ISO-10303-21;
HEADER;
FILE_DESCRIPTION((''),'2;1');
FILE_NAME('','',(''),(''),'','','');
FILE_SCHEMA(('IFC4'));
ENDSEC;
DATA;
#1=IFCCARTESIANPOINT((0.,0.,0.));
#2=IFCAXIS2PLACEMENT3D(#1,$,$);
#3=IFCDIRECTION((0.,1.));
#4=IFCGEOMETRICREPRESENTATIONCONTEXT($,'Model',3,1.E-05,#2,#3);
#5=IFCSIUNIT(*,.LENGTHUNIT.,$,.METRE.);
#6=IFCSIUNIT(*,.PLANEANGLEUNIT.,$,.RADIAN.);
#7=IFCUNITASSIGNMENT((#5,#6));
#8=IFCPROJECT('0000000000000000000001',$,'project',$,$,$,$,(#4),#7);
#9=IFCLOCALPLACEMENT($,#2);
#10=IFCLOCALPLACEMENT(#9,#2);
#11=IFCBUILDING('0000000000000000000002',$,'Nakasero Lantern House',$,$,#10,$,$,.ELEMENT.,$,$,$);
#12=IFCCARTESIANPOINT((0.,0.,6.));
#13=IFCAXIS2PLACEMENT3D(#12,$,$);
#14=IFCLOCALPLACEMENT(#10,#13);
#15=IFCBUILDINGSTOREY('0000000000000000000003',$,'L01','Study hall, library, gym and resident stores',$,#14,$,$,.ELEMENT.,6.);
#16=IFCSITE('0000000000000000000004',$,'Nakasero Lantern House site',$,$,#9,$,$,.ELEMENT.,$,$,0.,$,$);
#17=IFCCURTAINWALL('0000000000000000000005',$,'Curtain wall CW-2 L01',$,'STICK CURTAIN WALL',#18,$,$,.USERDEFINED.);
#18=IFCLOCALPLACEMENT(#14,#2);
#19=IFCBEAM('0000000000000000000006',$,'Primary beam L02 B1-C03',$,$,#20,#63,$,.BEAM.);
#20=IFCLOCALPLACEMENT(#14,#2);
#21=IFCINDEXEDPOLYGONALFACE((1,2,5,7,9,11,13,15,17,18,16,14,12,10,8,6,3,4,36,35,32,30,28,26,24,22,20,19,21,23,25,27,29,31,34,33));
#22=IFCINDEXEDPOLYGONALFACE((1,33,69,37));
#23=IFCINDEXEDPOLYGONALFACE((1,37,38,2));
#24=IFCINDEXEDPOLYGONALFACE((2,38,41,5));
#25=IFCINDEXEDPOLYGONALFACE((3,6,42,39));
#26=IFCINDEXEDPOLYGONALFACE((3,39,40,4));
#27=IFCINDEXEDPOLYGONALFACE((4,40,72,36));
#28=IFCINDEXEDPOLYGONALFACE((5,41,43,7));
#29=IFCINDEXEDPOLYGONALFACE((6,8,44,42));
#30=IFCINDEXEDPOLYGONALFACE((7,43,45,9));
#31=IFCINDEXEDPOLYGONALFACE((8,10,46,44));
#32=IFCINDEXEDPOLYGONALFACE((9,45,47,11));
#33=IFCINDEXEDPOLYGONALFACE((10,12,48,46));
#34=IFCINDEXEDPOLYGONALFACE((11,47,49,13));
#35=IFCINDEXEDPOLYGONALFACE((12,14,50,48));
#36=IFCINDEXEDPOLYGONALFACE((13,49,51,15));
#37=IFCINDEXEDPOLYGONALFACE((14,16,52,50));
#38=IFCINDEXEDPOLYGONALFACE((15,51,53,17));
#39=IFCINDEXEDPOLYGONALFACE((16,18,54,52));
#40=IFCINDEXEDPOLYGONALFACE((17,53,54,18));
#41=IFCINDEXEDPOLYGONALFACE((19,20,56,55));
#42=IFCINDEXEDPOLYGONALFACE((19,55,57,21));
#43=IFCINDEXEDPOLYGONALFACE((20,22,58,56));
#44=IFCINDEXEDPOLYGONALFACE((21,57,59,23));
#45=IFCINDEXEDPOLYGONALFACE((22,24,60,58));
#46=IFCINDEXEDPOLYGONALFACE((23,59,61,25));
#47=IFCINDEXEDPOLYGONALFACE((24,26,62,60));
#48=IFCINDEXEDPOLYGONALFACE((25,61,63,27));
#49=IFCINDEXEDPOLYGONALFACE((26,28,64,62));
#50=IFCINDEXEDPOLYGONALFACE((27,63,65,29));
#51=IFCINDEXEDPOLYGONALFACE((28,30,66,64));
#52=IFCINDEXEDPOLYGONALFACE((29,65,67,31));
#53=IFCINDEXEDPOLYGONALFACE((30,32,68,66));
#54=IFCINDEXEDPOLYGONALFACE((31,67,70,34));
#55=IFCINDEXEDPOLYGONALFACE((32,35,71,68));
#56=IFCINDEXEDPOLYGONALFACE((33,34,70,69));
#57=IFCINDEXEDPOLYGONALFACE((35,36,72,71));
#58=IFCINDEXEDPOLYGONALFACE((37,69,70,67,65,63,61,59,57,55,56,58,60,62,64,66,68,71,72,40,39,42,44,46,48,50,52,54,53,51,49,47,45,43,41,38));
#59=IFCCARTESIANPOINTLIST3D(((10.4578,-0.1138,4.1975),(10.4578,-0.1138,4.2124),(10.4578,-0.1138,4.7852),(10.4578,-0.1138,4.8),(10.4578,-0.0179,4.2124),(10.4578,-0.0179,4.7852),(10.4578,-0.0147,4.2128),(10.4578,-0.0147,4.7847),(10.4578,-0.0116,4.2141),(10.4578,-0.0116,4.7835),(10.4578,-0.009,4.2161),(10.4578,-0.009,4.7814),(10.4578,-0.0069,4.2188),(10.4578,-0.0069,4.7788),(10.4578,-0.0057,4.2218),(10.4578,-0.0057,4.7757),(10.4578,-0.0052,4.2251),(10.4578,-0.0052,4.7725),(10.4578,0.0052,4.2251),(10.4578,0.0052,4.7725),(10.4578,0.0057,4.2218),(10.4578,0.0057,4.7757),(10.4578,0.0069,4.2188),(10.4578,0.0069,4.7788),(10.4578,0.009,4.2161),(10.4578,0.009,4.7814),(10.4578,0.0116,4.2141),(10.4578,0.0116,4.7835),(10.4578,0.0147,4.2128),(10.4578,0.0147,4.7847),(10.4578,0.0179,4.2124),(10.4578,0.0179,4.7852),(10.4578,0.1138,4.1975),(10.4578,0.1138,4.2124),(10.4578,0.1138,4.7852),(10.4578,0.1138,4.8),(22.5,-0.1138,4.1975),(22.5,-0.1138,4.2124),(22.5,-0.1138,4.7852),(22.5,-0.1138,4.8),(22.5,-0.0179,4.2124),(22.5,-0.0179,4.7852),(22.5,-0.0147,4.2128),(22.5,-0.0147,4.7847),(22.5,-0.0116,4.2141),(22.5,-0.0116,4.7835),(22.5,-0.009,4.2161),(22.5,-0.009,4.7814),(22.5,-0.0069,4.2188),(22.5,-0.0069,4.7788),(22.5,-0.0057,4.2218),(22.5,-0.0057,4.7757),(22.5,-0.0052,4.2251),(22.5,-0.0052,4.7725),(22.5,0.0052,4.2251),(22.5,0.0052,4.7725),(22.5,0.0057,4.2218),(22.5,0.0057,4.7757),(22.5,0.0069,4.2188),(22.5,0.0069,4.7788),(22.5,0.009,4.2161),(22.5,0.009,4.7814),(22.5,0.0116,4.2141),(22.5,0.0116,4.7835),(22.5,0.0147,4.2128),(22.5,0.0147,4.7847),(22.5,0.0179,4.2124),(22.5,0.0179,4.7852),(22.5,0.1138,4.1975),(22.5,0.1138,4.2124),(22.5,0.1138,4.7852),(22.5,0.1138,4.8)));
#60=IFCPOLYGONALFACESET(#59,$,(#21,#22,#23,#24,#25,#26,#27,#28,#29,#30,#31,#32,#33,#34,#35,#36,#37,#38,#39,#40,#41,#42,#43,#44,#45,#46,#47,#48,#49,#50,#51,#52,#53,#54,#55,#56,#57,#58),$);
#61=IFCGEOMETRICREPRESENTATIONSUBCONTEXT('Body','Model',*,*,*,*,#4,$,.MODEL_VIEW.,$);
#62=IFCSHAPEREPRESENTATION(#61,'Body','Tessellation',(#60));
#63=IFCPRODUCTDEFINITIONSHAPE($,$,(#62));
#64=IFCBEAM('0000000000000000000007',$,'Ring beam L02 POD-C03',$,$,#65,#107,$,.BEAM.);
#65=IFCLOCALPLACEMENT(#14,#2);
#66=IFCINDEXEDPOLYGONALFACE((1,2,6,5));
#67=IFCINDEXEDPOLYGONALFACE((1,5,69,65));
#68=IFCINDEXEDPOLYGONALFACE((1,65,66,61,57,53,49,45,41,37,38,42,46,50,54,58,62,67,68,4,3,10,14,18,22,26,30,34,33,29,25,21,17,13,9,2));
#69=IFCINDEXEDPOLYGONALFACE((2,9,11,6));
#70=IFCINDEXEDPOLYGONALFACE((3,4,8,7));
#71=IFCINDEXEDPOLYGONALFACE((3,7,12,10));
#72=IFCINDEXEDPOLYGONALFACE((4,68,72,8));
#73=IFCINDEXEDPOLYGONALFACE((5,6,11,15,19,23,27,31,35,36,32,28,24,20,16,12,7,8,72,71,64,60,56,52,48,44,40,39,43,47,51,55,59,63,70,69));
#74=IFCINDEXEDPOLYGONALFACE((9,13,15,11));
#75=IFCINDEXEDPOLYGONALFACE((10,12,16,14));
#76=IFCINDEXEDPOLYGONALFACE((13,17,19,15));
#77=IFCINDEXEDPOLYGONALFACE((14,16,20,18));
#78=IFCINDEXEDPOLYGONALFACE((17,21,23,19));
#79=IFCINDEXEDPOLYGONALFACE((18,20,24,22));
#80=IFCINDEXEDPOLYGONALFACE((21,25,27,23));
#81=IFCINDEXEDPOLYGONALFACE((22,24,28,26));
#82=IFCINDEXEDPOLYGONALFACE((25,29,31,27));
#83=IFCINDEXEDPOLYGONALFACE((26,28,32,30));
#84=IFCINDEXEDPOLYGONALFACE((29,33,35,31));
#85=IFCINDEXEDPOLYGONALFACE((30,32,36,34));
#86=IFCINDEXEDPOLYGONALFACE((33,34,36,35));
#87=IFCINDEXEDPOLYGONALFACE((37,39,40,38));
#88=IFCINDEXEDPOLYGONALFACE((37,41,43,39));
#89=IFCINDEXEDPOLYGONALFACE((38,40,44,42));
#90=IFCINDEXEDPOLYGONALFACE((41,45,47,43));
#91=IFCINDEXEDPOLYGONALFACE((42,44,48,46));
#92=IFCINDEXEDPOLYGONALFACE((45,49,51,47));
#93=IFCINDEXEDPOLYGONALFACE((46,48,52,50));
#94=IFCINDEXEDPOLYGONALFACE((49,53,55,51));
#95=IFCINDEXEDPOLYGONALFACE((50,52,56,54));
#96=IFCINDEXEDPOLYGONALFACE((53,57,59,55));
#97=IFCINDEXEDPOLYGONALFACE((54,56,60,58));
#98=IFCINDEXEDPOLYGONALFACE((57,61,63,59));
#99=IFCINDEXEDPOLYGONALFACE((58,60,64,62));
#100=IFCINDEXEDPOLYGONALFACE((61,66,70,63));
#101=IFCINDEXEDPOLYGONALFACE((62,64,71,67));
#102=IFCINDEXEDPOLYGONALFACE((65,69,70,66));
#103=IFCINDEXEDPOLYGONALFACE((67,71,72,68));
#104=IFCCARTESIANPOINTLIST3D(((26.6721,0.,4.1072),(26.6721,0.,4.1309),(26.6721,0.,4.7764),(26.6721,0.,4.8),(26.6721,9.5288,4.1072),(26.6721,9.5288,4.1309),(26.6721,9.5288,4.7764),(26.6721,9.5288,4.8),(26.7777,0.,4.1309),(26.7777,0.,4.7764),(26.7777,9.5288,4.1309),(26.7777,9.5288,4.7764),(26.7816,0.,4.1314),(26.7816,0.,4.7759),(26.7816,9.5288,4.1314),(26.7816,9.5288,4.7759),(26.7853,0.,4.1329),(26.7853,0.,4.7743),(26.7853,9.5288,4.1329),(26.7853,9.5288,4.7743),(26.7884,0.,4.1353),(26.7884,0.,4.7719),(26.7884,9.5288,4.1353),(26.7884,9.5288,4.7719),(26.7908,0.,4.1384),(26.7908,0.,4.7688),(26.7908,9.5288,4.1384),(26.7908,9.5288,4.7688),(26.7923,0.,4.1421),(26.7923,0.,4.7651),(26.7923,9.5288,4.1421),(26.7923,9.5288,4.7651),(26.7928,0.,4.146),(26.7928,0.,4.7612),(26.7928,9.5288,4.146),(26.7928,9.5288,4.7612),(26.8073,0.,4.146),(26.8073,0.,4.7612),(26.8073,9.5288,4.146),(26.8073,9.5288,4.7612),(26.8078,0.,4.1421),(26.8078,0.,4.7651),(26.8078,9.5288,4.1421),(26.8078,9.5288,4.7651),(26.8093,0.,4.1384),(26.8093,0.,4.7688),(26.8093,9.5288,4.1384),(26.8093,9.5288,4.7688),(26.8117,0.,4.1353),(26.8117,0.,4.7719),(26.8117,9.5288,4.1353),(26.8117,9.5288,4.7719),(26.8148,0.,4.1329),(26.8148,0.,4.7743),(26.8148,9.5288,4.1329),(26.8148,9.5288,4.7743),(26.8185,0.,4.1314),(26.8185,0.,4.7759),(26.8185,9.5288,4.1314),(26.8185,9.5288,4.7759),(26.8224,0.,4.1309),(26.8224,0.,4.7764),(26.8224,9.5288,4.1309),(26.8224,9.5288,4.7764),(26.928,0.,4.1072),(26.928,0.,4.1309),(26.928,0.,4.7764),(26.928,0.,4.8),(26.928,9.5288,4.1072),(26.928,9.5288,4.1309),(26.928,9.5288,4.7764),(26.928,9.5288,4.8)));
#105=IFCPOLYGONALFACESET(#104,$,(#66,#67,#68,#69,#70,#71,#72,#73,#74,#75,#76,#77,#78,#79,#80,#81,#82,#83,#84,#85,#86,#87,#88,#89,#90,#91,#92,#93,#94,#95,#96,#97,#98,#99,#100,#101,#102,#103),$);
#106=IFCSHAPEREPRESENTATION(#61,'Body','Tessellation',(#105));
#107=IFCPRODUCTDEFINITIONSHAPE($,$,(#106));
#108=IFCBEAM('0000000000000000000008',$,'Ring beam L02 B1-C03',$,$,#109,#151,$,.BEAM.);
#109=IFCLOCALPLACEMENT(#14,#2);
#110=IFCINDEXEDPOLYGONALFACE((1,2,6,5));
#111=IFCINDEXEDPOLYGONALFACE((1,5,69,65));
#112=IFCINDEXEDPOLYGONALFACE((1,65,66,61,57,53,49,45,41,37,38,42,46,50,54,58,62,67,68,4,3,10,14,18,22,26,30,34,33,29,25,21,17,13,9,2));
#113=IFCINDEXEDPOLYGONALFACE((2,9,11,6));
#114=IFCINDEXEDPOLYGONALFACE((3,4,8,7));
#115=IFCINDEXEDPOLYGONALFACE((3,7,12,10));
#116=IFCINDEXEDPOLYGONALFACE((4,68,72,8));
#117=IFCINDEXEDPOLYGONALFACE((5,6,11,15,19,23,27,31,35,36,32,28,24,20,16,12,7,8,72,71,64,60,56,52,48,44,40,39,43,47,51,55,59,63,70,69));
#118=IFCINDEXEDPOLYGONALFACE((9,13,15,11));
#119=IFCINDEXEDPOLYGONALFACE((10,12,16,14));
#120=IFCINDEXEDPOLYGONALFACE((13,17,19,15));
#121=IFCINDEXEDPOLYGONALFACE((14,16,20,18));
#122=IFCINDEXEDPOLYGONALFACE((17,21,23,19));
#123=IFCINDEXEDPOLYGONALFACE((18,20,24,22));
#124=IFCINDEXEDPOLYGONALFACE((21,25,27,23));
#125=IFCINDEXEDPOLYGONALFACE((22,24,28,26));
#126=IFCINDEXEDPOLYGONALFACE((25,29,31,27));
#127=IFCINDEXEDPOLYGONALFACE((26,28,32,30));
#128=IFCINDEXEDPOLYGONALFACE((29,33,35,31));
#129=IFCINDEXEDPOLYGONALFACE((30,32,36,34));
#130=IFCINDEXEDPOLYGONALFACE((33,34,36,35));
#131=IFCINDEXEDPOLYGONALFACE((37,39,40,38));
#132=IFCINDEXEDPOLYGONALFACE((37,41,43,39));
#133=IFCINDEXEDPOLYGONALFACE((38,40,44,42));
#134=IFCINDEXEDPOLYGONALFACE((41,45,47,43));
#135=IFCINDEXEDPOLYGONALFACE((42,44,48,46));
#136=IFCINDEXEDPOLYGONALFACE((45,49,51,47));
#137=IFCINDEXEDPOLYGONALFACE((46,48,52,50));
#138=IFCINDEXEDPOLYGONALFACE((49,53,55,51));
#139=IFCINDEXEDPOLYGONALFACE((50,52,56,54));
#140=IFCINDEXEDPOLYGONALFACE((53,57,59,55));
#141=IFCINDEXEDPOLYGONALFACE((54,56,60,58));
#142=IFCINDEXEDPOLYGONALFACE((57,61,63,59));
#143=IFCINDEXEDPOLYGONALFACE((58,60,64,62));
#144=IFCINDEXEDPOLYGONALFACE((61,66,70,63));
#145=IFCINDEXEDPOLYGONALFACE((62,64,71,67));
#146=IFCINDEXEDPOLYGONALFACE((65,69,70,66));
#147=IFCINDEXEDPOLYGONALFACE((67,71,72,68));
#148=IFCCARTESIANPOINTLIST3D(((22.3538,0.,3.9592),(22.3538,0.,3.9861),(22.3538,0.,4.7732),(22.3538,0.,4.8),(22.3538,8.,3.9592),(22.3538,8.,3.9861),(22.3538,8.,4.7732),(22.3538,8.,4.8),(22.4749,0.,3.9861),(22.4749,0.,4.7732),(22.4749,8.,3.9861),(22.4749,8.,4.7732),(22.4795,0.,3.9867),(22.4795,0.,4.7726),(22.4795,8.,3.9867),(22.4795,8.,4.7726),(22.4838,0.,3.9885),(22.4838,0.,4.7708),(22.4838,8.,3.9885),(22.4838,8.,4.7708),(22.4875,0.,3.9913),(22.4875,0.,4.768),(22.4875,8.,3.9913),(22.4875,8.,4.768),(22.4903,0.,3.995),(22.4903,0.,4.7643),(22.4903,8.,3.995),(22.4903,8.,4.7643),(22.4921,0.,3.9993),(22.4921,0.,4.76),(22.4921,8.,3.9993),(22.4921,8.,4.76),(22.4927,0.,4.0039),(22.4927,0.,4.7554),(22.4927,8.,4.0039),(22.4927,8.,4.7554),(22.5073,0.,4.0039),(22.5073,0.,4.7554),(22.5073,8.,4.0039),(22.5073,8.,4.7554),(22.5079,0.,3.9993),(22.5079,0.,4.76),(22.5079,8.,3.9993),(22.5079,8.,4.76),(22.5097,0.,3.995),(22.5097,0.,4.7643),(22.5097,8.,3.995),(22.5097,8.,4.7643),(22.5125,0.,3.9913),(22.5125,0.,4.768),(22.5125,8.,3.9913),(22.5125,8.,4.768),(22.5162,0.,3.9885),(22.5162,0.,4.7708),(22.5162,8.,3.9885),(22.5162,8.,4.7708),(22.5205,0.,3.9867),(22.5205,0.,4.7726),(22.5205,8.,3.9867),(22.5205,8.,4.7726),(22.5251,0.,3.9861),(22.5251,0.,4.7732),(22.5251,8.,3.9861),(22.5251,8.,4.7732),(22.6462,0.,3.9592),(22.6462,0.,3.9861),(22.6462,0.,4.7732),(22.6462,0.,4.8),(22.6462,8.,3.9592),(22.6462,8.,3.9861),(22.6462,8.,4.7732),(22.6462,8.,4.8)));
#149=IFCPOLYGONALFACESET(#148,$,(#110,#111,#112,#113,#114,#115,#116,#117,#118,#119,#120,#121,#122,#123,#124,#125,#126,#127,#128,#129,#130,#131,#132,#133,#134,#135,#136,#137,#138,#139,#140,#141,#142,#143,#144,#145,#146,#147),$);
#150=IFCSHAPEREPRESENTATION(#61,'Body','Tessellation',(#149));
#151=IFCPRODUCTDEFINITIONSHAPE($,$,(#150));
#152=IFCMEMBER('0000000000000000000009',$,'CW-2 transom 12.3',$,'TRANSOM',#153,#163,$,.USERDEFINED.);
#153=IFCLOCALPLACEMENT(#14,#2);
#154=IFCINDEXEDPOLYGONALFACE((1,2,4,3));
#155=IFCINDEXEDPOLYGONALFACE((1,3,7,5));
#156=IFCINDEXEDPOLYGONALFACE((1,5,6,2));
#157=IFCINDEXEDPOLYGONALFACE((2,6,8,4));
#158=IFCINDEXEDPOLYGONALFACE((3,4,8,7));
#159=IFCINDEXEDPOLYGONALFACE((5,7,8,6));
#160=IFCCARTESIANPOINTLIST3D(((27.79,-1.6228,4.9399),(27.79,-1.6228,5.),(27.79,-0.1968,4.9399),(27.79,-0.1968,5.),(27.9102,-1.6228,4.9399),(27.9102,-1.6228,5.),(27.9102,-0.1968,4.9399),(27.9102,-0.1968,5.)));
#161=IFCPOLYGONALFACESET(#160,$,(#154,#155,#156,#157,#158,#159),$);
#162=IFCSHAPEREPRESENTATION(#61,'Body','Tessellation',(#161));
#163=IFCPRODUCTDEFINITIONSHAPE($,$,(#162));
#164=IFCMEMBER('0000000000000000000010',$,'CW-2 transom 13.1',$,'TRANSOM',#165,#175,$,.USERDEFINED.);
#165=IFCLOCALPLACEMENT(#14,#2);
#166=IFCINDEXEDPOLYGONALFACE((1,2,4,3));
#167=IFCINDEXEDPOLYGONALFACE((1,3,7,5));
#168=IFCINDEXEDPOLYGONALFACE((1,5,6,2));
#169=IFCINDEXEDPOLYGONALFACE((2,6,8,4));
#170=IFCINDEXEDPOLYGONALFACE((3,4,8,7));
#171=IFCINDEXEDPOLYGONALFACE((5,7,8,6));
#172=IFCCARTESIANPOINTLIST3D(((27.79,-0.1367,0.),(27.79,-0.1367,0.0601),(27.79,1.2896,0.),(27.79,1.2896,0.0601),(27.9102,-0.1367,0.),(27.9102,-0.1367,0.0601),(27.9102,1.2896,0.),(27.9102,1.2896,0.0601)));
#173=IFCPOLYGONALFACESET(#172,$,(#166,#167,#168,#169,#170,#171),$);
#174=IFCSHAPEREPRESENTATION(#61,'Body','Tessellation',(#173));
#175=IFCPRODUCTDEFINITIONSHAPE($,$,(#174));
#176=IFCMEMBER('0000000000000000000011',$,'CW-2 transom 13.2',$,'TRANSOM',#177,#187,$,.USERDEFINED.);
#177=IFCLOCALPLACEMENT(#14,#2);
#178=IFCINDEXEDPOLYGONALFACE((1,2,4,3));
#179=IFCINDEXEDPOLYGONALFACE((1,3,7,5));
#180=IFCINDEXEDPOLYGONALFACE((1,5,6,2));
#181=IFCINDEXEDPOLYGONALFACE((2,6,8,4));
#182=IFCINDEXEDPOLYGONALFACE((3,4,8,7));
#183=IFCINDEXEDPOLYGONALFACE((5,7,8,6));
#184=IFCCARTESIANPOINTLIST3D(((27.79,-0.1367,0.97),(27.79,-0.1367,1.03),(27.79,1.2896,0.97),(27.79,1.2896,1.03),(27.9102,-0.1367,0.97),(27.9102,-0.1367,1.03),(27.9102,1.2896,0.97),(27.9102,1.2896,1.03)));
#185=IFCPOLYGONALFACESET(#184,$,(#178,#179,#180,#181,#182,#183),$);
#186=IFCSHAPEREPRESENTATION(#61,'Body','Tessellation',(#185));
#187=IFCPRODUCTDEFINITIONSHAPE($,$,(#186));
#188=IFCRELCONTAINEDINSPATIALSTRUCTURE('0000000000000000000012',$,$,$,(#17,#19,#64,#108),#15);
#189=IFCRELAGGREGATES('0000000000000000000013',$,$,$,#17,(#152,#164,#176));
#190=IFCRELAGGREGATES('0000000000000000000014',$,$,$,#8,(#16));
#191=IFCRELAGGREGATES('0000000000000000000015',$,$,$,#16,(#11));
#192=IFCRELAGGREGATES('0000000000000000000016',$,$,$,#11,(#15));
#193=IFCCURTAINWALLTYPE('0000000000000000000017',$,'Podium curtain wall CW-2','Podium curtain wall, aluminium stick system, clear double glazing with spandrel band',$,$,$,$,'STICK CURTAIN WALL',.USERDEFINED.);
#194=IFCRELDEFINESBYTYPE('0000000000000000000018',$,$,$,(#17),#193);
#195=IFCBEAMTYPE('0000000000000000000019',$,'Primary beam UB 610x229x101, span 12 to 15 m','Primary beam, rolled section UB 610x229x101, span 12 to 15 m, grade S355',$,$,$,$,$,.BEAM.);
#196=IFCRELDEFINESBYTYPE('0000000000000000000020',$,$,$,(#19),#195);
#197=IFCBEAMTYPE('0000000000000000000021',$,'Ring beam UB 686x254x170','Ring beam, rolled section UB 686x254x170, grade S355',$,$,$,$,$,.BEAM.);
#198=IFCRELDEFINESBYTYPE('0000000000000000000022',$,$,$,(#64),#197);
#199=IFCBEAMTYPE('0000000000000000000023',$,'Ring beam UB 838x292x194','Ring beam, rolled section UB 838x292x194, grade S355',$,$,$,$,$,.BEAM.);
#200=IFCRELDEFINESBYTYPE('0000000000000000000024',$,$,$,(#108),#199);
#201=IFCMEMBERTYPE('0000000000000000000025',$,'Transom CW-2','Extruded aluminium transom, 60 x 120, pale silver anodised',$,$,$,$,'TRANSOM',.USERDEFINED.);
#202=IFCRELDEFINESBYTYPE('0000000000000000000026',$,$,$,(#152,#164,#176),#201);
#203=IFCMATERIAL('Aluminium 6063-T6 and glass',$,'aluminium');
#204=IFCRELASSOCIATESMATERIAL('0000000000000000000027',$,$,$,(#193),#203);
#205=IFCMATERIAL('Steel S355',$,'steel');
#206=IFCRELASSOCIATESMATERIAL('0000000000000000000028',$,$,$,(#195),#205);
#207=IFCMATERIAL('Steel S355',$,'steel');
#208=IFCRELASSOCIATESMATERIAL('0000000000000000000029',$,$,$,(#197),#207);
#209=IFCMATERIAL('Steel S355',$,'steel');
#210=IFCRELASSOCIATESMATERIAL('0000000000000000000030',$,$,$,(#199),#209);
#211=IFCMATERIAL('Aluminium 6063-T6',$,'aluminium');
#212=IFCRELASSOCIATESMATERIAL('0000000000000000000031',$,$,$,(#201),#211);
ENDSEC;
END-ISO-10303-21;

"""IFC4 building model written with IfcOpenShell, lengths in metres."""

from ifc_helpers import new_model, si_unit, direction, frame, origin, origin_2d, place, context, subcontext, project, spatial, rectangle, i_section, extrude, material, material_profile, profile_set, type_object, element, aggregate, save


model = new_model("IFC4")

# Units and contexts
model_context = context("Model", 3, precision=1e-05, world=origin(), true_north=direction((0.0, 1.0)))
body_context = subcontext(model_context, "Body", "Model", "MODEL_VIEW")
ifc_project = project(units=[si_unit("LENGTHUNIT", "METRE"), si_unit("PLANEANGLEUNIT", "RADIAN")], contexts=[model_context])

# Site, building, storey
site_placement = place(None, origin())
site = spatial("IfcSite", under=ifc_project, at=site_placement, Name="Nakasero Lantern House site", CompositionType="ELEMENT", RefElevation=0.0)
building_placement = place(site_placement, origin())
building = spatial("IfcBuilding", under=site, at=building_placement, Name="Nakasero Lantern House", CompositionType="ELEMENT")
storey_placement = place(building_placement, frame((0.0, 0.0, 6.0)))
storey = spatial("IfcBuildingStorey", under=building, at=storey_placement, Name="L01", Description="Study hall, library, gym and resident stores", CompositionType="ELEMENT", Elevation=6.0)

# Curtain wall
ifc_material_1 = material(Name="Aluminium 6063-T6 and glass", Category="aluminium")
curtain_wall_type = type_object("IfcCurtainWallType", Name="Podium curtain wall CW-2", Description="Podium curtain wall, aluminium stick system, clear double glazing with spandrel band", ElementType="STICK CURTAIN WALL", PredefinedType="USERDEFINED", material=ifc_material_1)
curtain_wall_placement = place(storey_placement, origin())
curtain_wall = element("IfcCurtainWall", 1, at=curtain_wall_placement, inside=storey, type_object=curtain_wall_type, Name="Curtain wall CW-2 L01", ObjectType="STICK CURTAIN WALL", PredefinedType="USERDEFINED")

# Beams
ifc_material_2 = material(Name="Steel S355", Category="steel")
ifc_material_profile_1 = material_profile(ifc_material_2, i_section(OverallWidth=0.2275, OverallDepth=0.6025, WebThickness=0.0105, FlangeThickness=0.0149, FilletRadius=0.0127, at=origin_2d()), Name="UB 610x229x101")
ifc_profile_set_1 = profile_set([ifc_material_profile_1], Name="Steel S355")
beam_type_1 = type_object("IfcBeamType", Name="Primary beam UB 610x229x101, span 12 to 15 m", Description="Primary beam, rolled section UB 610x229x101, span 12 to 15 m, grade S355", PredefinedType="BEAM", material=ifc_profile_set_1)
beam_1_placement = place(storey_placement, frame((22.5, 0.0, 4.4988), z_axis=(-1.0, 0.0, 0.0), x_axis=(0.0, -1.0, 0.0)))
element("IfcBeam", 2, at=beam_1_placement, inside=storey, type_object=beam_type_1, Name="Primary beam L02 B1-C03", PredefinedType="BEAM", context=body_context, shape_type="SweptSolid", body=[
    extrude(i_section(OverallWidth=0.2275, OverallDepth=0.6025, WebThickness=0.0105, FlangeThickness=0.0149, FilletRadius=0.0127, at=origin_2d()), origin(), (0.0, 0.0, 1.0), 12.0422),
])
ifc_material_3 = material(Name="Steel S355", Category="steel")
ifc_material_profile_2 = material_profile(ifc_material_3, i_section(OverallWidth=0.2559, OverallDepth=0.6929, WebThickness=0.0144, FlangeThickness=0.0237, FilletRadius=0.0151, at=origin_2d()), Name="UB 686x254x170")
ifc_profile_set_2 = profile_set([ifc_material_profile_2], Name="Steel S355")
beam_type_2 = type_object("IfcBeamType", Name="Ring beam UB 686x254x170", Description="Ring beam, rolled section UB 686x254x170, grade S355", PredefinedType="BEAM", material=ifc_profile_set_2)
beam_2_placement = place(storey_placement, frame((26.8, 0.0, 4.4536), z_axis=(0.0, 1.0, 0.0), x_axis=(-1.0, 0.0, 0.0)))
element("IfcBeam", 3, at=beam_2_placement, inside=storey, type_object=beam_type_2, Name="Ring beam L02 POD-C03", PredefinedType="BEAM", context=body_context, shape_type="SweptSolid", body=[
    extrude(i_section(OverallWidth=0.2559, OverallDepth=0.6929, WebThickness=0.0144, FlangeThickness=0.0237, FilletRadius=0.0151, at=origin_2d()), origin(), (0.0, 0.0, 1.0), 9.5288),
])
ifc_material_4 = material(Name="Steel S355", Category="steel")
ifc_material_profile_3 = material_profile(ifc_material_4, i_section(OverallWidth=0.2925, OverallDepth=0.8408, WebThickness=0.0146, FlangeThickness=0.0269, FilletRadius=0.0178, at=origin_2d()), Name="UB 838x292x194")
ifc_profile_set_3 = profile_set([ifc_material_profile_3], Name="Steel S355")
beam_type_3 = type_object("IfcBeamType", Name="Ring beam UB 838x292x194", Description="Ring beam, rolled section UB 838x292x194, grade S355", PredefinedType="BEAM", material=ifc_profile_set_3)
beam_3_placement = place(storey_placement, frame((22.5, 0.0, 4.3796), z_axis=(0.0, 1.0, 0.0), x_axis=(-1.0, 0.0, 0.0)))
element("IfcBeam", 4, at=beam_3_placement, inside=storey, type_object=beam_type_3, Name="Ring beam L02 B1-C03", PredefinedType="BEAM", context=body_context, shape_type="SweptSolid", body=[
    extrude(i_section(OverallWidth=0.2925, OverallDepth=0.8408, WebThickness=0.0146, FlangeThickness=0.0269, FilletRadius=0.0178, at=origin_2d()), origin(), (0.0, 0.0, 1.0), 8.0),
])

# Members
ifc_material_5 = material(Name="Aluminium 6063-T6", Category="aluminium")
ifc_material_profile_4 = material_profile(ifc_material_5, rectangle(XDim=0.0601, YDim=0.1201, at=origin_2d()), Name="CW-2 transom 60x120")
ifc_profile_set_4 = profile_set([ifc_material_profile_4], Name="Aluminium 6063-T6")
member_type_1 = type_object("IfcMemberType", Name="Transom CW-2", Description="Extruded aluminium transom, 60 x 120, pale silver anodised", ElementType="TRANSOM", PredefinedType="USERDEFINED", material=ifc_profile_set_4)
member_1_placement = place(storey_placement, frame((27.8501, -1.6228, 4.97), z_axis=(0.0, 1.0, 0.0), x_axis=(0.0, 0.0, 1.0)))
member_1 = element("IfcMember", 5, at=member_1_placement, type_object=member_type_1, Name="CW-2 transom 12.3", ObjectType="TRANSOM", PredefinedType="USERDEFINED", context=body_context, shape_type="SweptSolid", body=[
    extrude(rectangle(XDim=0.0601, YDim=0.1201, at=origin_2d()), origin(), (0.0, 0.0, 1.0), 1.426),
])
member_2_placement = place(storey_placement, frame((27.8501, -0.1367, 0.03), z_axis=(0.0, 1.0, 0.0), x_axis=(0.0, 0.0, 1.0)))
member_2 = element("IfcMember", 6, at=member_2_placement, type_object=member_type_1, Name="CW-2 transom 13.1", ObjectType="TRANSOM", PredefinedType="USERDEFINED", context=body_context, shape_type="SweptSolid", body=[
    extrude(rectangle(XDim=0.0601, YDim=0.1201, at=origin_2d()), origin(), (0.0, 0.0, 1.0), 1.4263),
])
member_3_placement = place(storey_placement, frame((27.8501, -0.1367, 1.0), z_axis=(0.0, 1.0, 0.0), x_axis=(0.0, 0.0, 1.0)))
member_3 = element("IfcMember", 7, at=member_3_placement, type_object=member_type_1, Name="CW-2 transom 13.2", ObjectType="TRANSOM", PredefinedType="USERDEFINED", context=body_context, shape_type="SweptSolid", body=[
    extrude(rectangle(XDim=0.0601, YDim=0.1201, at=origin_2d()), origin(), (0.0, 0.0, 1.0), 1.4263),
])

aggregate(curtain_wall, [member_1, member_2, member_3])

save(model, "model.ifc")
